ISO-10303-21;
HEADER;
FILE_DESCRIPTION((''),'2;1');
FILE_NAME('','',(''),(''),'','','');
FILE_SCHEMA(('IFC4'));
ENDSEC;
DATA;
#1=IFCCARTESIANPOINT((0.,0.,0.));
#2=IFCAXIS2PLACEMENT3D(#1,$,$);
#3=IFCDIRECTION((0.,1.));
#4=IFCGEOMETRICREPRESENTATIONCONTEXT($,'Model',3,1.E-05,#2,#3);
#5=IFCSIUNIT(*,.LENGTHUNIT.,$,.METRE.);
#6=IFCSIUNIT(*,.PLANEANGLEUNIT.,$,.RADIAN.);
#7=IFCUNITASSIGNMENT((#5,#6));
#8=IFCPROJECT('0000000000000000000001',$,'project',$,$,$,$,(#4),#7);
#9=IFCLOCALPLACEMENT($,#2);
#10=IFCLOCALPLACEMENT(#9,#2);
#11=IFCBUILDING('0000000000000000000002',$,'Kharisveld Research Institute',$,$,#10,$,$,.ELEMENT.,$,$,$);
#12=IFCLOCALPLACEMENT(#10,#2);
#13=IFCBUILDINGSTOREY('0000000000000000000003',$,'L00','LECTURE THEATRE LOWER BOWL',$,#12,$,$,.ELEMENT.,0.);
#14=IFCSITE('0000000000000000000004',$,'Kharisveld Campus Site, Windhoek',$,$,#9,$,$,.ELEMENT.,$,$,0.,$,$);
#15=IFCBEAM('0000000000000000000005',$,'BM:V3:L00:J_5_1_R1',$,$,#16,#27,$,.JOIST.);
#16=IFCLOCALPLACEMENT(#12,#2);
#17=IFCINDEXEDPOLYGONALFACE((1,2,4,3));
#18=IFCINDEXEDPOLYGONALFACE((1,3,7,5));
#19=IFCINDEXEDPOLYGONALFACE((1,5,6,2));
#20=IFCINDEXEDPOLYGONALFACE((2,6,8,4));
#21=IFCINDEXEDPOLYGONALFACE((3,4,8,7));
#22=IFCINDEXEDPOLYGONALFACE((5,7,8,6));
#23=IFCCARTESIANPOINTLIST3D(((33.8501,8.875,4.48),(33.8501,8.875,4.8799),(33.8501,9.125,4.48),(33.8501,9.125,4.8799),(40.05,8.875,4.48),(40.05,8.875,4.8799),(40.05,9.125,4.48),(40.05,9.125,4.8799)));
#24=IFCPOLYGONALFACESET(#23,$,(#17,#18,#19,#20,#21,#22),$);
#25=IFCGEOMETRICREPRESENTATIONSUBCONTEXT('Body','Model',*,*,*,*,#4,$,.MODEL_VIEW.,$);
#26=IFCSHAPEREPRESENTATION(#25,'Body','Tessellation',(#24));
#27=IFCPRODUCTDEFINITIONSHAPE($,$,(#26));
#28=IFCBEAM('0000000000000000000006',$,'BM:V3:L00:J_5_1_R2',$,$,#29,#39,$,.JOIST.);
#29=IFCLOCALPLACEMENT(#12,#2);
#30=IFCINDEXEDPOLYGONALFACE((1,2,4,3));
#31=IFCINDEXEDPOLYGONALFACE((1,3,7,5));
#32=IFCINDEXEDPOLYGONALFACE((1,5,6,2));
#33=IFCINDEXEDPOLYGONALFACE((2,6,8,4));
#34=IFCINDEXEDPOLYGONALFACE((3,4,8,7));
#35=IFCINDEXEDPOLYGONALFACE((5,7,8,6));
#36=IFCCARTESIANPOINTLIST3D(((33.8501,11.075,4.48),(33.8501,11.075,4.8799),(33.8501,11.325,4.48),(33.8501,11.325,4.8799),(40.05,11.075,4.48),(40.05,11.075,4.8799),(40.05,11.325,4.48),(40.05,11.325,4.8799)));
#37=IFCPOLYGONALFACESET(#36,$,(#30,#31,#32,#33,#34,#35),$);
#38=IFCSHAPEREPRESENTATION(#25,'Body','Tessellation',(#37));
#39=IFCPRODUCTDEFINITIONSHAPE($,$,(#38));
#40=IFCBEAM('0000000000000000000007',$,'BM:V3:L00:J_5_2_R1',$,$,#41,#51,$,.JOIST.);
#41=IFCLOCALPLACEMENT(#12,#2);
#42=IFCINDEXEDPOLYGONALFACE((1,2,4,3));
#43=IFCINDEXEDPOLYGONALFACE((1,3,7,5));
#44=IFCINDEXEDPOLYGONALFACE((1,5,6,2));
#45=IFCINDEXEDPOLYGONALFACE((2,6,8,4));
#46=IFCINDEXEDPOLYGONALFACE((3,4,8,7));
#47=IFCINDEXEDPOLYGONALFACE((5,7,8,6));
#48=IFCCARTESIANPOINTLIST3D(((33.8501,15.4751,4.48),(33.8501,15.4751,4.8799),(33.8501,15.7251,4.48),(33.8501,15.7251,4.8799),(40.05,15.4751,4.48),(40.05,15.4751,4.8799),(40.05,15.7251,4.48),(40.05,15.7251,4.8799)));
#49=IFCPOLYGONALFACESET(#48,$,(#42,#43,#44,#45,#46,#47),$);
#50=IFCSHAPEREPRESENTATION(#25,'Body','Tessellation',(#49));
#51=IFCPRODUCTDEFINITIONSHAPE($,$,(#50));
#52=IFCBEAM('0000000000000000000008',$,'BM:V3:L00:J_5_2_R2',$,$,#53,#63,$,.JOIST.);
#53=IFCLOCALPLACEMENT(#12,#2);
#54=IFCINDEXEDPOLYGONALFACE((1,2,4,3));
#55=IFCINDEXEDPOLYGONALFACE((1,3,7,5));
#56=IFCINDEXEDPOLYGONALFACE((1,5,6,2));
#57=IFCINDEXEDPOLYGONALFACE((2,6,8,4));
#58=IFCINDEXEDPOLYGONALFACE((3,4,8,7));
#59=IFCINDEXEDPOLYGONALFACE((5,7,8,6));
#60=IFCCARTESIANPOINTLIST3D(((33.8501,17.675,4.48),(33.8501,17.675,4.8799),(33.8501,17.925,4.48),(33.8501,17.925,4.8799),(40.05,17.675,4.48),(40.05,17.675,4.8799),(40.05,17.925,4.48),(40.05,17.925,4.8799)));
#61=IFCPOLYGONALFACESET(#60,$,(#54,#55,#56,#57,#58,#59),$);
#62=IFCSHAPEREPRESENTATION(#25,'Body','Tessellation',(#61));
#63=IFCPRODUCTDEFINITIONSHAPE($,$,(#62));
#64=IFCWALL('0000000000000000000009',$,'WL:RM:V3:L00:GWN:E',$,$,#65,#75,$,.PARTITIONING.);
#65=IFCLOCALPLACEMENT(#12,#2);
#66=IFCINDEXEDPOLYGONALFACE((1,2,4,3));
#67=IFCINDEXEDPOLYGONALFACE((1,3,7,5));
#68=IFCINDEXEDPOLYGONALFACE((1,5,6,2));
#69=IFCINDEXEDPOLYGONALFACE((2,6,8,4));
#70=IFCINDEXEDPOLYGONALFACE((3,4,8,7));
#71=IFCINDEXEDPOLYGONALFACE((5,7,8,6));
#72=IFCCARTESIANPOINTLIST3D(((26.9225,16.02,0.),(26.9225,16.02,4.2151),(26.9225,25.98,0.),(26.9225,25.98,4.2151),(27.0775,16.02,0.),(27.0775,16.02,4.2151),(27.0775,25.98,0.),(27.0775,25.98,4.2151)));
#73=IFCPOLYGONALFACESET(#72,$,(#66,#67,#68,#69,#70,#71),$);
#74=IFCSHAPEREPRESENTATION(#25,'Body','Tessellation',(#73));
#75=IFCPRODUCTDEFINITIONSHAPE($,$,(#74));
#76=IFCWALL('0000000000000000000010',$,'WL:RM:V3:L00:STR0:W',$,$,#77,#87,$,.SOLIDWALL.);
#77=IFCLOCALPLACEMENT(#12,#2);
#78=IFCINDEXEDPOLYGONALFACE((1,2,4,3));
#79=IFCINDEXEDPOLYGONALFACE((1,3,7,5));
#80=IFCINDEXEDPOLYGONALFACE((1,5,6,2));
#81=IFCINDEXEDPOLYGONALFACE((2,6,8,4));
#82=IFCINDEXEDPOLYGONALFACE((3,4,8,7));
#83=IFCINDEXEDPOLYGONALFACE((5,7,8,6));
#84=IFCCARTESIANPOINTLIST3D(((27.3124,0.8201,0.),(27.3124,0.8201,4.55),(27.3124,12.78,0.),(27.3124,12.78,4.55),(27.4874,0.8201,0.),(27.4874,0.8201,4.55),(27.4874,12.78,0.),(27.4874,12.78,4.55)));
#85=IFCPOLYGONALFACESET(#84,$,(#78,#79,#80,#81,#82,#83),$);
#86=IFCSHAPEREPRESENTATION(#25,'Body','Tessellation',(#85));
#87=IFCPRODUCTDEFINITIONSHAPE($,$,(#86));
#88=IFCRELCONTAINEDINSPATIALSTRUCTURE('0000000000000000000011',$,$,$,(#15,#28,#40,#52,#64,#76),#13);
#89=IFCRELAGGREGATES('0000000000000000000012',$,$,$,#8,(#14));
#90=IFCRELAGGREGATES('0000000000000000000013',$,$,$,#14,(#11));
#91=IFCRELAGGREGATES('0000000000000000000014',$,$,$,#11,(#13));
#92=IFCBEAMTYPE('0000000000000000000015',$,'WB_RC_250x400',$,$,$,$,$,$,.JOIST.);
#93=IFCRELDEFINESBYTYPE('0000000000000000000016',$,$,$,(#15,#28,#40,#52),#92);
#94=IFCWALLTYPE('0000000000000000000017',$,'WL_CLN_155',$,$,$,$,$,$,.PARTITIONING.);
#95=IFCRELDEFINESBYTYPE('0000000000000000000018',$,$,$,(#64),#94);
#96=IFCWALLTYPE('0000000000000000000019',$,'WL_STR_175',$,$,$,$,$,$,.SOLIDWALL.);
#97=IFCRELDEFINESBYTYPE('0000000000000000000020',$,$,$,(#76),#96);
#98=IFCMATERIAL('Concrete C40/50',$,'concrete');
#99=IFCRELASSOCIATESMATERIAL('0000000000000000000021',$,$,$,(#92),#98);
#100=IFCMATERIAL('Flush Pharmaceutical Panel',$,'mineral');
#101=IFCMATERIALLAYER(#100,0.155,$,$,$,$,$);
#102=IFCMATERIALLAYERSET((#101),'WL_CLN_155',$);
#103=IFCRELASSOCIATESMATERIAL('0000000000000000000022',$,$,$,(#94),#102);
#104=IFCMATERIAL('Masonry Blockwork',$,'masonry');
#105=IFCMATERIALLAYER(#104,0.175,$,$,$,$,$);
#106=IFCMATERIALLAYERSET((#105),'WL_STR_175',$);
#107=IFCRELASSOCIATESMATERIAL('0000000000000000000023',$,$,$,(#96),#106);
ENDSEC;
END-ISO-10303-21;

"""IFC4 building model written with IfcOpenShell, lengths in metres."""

from ifc_helpers import new_model, si_unit, direction, frame, frame_2d, origin, origin_2d, place, context, subcontext, project, spatial, rectangle, extrude, material, layer, layer_set, material_profile, profile_set, type_object, element, save


model = new_model("IFC4")

# Units and contexts
model_context = context("Model", 3, precision=1e-05, world=origin(), true_north=direction((0.0, 1.0)))
body_context = subcontext(model_context, "Body", "Model", "MODEL_VIEW")
ifc_project = project(units=[si_unit("LENGTHUNIT", "METRE"), si_unit("PLANEANGLEUNIT", "RADIAN")], contexts=[model_context])

# Site, building, storey
site_placement = place(None, origin())
site = spatial("IfcSite", under=ifc_project, at=site_placement, Name="Kharisveld Campus Site, Windhoek", CompositionType="ELEMENT", RefElevation=0.0)
building_placement = place(site_placement, origin())
building = spatial("IfcBuilding", under=site, at=building_placement, Name="Kharisveld Research Institute", CompositionType="ELEMENT")
storey_placement = place(building_placement, origin())
storey = spatial("IfcBuildingStorey", under=building, at=storey_placement, Name="L00", Description="LECTURE THEATRE LOWER BOWL", CompositionType="ELEMENT", Elevation=0.0)

# Beams
ifc_material_1 = material(Name="Concrete C40/50", Category="concrete")
ifc_material_profile_1 = material_profile(ifc_material_1, rectangle(XDim=0.25, YDim=0.3999, at=origin_2d()))
ifc_profile_set_1 = profile_set([ifc_material_profile_1], Name="Concrete C40/50")
beam_type_1 = type_object("IfcBeamType", Name="WB_RC_250x400", PredefinedType="JOIST", material=ifc_profile_set_1)
for number, where, z_axis, x_axis, name in (
    (1, (33.8501, 9.0, 4.6799), (1.0, 0.0, 0.0), (0.0, 1.0, 0.0), "BM:V3:L00:J_5_1_R1"),
    (2, (33.8501, 11.2, 4.6799), (1.0, 0.0, 0.0), (0.0, 1.0, 0.0), "BM:V3:L00:J_5_1_R2"),
    (3, (33.8501, 15.6001, 4.6799), (1.0, 0.0, 0.0), (0.0, 1.0, 0.0), "BM:V3:L00:J_5_2_R1"),
    (4, (33.8501, 17.8, 4.6799), (1.0, 0.0, 0.0), (0.0, 1.0, 0.0), "BM:V3:L00:J_5_2_R2"),
):
    element("IfcBeam", number, at=place(storey_placement, frame(where, z_axis=z_axis, x_axis=x_axis)), inside=storey, type_object=beam_type_1, Name=name, PredefinedType="JOIST", context=body_context, shape_type="SweptSolid", body=[
        extrude(rectangle(XDim=0.25, YDim=0.3999, at=origin_2d()), origin(), (0.0, 0.0, 1.0), 6.2),
    ])

# Wall
ifc_material_2 = material(Name="Flush Pharmaceutical Panel", Category="mineral")
ifc_layer_1 = layer(ifc_material_2, 0.155)
ifc_layer_set_1 = layer_set([ifc_layer_1], Name="WL_CLN_155")
wall_type_1 = type_object("IfcWallType", Name="WL_CLN_155", PredefinedType="PARTITIONING", material=ifc_layer_set_1)
wall_1_placement = place(storey_placement, frame((27.0, 16.02, 0.0), z_axis=(0.0, 0.0, 1.0), x_axis=(0.0, 1.0, 0.0)))
element("IfcWall", 5, at=wall_1_placement, inside=storey, type_object=wall_type_1, Name="WL:RM:V3:L00:GWN:E", PredefinedType="PARTITIONING", context=body_context, shape_type="SweptSolid", body=[
    extrude(rectangle(XDim=9.96, YDim=0.155, at=frame_2d((4.98, 0.0))), origin(), (0.0, 0.0, 1.0), 4.2151),
])

# Wall
ifc_material_3 = material(Name="Masonry Blockwork", Category="masonry")
ifc_layer_2 = layer(ifc_material_3, 0.175)
ifc_layer_set_2 = layer_set([ifc_layer_2], Name="WL_STR_175")
wall_type_2 = type_object("IfcWallType", Name="WL_STR_175", PredefinedType="SOLIDWALL", material=ifc_layer_set_2)
wall_2_placement = place(storey_placement, frame((27.3999, 12.78, 0.0), z_axis=(0.0, 0.0, 1.0), x_axis=(0.0, -1.0, 0.0)))
element("IfcWall", 6, at=wall_2_placement, inside=storey, type_object=wall_type_2, Name="WL:RM:V3:L00:STR0:W", PredefinedType="SOLIDWALL", context=body_context, shape_type="SweptSolid", body=[
    extrude(rectangle(XDim=11.96, YDim=0.175, at=frame_2d((5.98, 0.0))), origin(), (0.0, 0.0, 1.0), 4.55),
])

save(model, "model.ifc")
